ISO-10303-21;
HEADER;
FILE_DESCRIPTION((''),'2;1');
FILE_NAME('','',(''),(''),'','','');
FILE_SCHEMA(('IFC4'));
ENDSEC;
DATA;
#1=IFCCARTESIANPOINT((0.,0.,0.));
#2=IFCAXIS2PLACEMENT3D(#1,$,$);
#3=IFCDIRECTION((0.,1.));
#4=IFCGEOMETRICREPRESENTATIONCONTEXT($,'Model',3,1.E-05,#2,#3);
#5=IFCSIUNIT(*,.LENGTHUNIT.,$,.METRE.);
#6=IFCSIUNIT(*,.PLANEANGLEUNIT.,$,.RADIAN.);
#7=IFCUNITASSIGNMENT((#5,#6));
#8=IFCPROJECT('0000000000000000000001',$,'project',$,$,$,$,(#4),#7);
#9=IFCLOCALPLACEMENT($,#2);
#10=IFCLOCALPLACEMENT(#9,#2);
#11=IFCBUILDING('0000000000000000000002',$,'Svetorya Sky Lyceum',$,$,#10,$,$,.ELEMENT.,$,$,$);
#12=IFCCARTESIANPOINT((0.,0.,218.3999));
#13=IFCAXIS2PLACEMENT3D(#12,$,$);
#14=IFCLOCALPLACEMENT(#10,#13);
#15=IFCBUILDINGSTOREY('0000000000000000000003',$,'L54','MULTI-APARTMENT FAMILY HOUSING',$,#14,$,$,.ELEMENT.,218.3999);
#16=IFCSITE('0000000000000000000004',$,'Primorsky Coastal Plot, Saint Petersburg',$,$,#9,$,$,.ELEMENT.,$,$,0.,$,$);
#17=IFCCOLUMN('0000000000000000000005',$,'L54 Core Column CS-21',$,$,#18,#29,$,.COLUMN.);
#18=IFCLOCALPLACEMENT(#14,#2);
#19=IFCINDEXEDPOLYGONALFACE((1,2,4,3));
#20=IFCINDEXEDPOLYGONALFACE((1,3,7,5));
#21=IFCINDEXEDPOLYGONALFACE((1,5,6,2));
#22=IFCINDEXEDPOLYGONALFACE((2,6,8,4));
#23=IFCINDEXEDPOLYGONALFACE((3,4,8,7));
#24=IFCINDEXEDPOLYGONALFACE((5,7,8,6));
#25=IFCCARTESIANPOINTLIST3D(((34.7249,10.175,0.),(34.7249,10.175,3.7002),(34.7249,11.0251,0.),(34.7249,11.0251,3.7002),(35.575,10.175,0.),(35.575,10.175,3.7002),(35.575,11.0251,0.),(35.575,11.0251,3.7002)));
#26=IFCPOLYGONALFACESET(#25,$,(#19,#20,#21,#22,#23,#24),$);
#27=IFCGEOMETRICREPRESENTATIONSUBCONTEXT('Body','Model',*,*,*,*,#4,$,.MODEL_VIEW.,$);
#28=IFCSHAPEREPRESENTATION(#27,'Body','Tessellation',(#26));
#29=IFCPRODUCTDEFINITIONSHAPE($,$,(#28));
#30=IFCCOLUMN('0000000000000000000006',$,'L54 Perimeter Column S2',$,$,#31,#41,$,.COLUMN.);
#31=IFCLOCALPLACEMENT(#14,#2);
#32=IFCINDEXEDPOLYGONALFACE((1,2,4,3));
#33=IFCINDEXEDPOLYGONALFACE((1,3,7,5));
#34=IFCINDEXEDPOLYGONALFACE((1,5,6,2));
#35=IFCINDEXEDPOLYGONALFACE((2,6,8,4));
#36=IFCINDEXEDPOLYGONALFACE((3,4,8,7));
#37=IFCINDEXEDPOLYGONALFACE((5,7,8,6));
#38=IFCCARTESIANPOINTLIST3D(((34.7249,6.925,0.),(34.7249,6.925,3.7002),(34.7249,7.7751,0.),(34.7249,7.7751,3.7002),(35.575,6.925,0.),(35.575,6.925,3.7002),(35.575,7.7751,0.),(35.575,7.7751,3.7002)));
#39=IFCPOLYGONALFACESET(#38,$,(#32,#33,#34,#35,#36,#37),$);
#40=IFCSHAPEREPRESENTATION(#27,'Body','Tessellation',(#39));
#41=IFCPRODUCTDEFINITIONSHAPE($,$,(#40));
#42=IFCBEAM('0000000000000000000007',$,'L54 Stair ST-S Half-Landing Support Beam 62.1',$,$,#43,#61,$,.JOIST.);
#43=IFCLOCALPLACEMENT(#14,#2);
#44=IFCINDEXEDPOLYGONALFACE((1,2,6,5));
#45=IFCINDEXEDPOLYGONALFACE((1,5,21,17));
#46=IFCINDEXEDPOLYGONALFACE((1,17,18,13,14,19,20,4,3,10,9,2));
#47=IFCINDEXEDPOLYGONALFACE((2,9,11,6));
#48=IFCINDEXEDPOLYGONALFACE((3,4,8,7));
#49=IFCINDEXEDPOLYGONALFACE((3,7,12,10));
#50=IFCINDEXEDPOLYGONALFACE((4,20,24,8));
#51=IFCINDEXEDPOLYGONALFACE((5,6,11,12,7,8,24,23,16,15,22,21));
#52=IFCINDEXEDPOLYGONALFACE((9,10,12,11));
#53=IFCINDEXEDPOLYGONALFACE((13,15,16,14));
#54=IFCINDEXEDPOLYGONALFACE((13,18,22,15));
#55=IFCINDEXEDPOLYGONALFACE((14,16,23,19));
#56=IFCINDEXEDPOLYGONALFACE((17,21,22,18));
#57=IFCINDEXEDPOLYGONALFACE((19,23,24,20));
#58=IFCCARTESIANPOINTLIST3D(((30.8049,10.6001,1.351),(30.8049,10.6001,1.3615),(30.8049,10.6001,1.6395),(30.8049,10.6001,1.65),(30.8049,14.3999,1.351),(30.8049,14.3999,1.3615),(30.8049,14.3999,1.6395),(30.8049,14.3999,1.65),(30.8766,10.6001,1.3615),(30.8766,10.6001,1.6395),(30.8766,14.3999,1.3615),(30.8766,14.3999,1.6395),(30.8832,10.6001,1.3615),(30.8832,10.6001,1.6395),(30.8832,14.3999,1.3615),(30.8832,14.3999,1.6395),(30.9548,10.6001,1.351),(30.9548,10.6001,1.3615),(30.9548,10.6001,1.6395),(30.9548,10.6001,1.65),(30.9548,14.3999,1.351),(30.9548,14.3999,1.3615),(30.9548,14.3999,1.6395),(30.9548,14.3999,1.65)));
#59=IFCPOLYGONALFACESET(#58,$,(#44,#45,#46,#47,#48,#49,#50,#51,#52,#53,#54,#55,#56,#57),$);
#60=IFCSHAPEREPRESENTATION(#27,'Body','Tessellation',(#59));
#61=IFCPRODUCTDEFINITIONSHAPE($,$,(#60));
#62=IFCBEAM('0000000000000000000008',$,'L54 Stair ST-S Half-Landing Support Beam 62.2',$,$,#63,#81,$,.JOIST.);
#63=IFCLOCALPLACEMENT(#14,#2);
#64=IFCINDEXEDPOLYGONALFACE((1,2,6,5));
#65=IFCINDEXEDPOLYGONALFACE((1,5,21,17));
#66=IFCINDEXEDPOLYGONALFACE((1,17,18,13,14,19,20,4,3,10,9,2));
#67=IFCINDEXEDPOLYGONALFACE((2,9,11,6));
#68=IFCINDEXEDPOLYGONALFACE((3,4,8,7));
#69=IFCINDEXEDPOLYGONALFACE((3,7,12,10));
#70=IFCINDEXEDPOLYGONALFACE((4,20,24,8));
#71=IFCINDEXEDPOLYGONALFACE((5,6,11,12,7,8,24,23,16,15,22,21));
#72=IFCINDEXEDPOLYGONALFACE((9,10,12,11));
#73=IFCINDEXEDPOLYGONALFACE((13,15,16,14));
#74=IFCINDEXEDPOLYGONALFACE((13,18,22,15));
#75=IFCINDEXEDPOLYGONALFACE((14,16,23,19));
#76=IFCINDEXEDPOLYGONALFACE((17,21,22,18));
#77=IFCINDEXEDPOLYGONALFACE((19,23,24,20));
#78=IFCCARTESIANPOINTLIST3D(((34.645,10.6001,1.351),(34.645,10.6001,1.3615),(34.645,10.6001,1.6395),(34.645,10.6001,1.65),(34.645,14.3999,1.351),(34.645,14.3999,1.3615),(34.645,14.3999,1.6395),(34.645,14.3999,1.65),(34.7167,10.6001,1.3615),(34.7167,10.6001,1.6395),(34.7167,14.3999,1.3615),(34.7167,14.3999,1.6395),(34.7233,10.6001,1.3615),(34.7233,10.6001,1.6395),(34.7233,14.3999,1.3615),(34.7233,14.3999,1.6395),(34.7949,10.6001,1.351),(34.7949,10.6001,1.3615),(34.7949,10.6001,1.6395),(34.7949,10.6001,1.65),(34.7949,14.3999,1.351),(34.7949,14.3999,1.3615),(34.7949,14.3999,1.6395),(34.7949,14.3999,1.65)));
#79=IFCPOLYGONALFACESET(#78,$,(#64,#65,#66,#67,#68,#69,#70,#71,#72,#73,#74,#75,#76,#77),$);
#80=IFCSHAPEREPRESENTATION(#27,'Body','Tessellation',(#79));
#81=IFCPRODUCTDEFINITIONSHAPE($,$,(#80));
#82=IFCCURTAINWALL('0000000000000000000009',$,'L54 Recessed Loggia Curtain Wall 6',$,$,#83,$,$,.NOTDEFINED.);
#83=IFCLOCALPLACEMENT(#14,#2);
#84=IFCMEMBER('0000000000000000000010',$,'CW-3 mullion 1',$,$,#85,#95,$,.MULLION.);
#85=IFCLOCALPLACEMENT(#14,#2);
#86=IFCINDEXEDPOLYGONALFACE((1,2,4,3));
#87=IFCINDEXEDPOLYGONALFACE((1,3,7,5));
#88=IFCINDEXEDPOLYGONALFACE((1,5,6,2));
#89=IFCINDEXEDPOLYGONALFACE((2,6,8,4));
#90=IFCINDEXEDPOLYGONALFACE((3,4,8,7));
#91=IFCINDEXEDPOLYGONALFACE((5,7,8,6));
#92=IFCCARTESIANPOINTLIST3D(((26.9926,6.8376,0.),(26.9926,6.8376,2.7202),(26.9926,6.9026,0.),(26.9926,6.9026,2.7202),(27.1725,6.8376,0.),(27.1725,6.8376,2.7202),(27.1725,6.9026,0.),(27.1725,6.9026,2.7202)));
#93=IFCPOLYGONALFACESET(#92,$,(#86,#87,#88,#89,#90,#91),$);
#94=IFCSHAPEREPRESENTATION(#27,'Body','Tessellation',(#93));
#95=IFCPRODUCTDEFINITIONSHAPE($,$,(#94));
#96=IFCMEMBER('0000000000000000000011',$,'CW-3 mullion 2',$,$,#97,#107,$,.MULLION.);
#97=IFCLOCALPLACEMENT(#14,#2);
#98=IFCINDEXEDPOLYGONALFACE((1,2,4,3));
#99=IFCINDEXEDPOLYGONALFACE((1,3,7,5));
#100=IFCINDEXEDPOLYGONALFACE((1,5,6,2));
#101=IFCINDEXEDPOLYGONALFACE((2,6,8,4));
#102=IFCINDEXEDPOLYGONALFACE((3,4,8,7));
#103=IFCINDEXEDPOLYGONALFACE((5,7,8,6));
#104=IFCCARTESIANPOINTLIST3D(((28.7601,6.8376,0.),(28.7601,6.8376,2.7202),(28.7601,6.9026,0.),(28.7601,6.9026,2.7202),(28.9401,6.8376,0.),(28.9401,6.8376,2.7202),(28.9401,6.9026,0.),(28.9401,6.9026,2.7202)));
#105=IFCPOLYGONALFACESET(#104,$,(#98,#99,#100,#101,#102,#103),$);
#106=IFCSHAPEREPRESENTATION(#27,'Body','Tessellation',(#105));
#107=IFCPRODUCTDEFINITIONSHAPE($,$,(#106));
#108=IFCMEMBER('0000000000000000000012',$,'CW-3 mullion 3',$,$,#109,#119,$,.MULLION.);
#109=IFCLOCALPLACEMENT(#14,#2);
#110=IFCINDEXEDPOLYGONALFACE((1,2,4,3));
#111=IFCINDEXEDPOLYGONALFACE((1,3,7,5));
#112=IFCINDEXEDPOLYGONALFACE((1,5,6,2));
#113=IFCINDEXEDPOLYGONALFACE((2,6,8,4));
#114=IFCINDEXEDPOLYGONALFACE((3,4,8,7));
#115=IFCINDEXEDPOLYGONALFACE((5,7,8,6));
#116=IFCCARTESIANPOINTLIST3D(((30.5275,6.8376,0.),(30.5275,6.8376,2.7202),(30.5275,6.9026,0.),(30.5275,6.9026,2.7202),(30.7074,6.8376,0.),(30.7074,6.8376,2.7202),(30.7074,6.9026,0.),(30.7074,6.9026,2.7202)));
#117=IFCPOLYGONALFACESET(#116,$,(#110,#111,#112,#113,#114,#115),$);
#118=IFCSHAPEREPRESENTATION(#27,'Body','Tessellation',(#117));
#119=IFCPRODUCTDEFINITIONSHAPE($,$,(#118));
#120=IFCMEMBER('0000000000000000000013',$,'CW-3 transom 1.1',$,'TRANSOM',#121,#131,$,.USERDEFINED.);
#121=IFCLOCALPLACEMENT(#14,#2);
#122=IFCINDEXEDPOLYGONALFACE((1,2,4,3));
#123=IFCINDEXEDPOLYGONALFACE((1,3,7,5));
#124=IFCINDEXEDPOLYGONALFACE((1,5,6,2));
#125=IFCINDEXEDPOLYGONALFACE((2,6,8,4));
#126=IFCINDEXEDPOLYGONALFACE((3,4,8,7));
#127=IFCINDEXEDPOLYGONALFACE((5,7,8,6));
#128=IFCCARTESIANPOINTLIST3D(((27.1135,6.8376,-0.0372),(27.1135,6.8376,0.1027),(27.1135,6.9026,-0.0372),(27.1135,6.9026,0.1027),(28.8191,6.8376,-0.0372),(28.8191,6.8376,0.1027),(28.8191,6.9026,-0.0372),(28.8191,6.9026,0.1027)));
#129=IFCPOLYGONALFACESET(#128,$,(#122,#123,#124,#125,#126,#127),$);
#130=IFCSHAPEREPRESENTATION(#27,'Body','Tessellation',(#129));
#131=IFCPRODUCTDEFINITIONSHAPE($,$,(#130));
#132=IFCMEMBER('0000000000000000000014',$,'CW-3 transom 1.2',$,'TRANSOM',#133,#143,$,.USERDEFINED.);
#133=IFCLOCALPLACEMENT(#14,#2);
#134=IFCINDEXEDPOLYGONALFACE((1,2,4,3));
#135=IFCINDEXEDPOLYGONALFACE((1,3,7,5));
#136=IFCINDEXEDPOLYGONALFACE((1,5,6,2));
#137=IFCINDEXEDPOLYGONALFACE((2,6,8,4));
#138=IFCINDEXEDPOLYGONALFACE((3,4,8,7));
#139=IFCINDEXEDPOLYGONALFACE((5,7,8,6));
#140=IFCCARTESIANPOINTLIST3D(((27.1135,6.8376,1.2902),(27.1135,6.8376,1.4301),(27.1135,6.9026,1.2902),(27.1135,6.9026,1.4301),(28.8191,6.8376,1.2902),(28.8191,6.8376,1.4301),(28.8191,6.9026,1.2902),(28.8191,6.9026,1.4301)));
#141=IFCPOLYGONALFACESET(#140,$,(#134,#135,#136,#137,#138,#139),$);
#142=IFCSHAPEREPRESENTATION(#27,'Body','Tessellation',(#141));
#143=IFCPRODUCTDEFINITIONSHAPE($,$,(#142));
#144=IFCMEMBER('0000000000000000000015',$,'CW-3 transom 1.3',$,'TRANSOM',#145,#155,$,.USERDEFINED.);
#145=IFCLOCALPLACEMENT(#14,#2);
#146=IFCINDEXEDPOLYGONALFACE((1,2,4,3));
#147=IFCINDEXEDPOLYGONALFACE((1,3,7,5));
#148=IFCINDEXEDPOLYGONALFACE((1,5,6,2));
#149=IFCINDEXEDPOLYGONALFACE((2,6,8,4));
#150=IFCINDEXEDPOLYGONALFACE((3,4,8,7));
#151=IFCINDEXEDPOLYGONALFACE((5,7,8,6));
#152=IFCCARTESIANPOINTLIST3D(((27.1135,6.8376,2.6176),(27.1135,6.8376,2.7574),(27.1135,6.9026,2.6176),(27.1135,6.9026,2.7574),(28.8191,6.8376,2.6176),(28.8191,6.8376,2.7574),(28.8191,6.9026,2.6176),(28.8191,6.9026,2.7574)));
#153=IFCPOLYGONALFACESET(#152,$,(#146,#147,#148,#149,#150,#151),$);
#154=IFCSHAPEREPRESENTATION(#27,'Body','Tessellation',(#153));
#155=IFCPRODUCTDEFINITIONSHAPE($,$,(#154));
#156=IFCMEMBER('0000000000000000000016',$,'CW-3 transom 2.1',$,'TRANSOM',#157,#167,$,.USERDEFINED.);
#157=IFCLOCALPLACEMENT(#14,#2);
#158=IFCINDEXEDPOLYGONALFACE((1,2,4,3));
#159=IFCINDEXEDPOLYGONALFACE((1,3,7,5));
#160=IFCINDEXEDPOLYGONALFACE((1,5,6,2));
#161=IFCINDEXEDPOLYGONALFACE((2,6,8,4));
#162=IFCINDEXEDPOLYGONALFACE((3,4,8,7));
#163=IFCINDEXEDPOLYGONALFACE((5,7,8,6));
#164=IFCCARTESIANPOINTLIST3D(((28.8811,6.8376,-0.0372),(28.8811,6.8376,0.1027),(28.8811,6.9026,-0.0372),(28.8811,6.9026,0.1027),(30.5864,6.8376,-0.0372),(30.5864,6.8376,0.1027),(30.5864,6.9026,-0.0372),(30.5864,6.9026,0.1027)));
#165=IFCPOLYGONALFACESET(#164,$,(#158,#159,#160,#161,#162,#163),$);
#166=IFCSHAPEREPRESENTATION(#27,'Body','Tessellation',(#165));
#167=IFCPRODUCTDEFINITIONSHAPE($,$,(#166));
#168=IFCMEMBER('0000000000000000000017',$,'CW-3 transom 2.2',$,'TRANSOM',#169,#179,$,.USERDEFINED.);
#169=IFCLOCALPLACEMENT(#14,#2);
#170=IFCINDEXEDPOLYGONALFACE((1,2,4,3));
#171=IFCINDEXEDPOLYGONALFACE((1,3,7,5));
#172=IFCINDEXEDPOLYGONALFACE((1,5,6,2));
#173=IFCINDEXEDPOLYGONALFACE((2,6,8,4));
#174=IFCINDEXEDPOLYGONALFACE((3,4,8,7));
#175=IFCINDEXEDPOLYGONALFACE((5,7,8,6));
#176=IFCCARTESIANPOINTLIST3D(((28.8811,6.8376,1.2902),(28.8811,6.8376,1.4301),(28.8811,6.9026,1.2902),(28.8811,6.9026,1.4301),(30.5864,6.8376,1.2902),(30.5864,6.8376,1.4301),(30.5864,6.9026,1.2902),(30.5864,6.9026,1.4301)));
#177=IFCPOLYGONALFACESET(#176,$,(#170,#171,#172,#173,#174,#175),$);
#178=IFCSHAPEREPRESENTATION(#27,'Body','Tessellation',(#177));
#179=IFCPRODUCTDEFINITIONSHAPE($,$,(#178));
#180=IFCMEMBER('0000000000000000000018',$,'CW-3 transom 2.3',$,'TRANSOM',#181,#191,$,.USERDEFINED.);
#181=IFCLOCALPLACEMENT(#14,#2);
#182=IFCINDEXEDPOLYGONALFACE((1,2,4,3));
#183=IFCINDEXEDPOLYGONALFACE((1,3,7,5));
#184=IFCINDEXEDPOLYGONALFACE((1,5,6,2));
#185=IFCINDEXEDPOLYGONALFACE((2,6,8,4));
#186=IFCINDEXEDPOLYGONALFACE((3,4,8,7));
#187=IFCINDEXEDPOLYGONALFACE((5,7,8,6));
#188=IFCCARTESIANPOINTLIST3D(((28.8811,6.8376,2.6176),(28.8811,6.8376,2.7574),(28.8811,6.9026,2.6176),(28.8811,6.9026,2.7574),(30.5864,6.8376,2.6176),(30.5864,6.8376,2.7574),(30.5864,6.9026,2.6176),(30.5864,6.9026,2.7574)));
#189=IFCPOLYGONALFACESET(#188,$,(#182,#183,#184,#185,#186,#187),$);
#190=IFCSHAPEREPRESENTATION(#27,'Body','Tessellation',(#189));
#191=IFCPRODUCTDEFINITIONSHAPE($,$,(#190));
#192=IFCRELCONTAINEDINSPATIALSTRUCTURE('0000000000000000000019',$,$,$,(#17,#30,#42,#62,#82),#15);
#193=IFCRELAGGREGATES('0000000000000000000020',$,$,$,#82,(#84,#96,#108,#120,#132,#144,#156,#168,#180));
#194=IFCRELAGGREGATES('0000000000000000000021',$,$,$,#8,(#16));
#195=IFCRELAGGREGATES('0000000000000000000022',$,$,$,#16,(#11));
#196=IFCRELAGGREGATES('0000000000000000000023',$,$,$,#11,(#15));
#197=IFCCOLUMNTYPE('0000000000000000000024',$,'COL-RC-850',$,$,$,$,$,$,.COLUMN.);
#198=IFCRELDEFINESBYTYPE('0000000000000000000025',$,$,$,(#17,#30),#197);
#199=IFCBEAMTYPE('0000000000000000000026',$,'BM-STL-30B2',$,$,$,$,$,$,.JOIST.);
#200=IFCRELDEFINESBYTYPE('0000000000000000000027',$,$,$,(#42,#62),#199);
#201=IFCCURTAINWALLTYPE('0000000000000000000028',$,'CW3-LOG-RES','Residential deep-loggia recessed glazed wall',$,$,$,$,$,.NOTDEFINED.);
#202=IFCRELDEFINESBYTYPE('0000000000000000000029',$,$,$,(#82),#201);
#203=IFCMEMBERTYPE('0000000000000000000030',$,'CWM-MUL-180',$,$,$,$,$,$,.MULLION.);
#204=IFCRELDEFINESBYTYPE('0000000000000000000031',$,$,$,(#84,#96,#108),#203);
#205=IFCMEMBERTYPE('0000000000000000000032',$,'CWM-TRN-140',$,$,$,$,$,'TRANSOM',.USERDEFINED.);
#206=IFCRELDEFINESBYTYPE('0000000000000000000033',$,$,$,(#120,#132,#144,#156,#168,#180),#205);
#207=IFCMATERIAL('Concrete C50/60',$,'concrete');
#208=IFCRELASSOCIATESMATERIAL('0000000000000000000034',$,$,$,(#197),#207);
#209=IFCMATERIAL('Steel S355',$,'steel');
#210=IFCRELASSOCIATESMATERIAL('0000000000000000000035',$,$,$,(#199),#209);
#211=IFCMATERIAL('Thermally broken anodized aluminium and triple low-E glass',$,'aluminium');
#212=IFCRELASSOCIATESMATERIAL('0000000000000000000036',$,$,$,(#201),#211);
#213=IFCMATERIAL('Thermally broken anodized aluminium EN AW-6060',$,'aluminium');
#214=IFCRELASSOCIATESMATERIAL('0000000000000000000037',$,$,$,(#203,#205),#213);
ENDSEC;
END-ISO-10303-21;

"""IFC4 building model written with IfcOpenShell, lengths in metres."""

from ifc_helpers import new_model, si_unit, direction, frame, origin, origin_2d, place, context, subcontext, project, spatial, rectangle, i_section, extrude, material, material_profile, profile_set, type_object, element, aggregate, save


model = new_model("IFC4")

# Units and contexts
model_context = context("Model", 3, precision=1e-05, world=origin(), true_north=direction((0.0, 1.0)))
body_context = subcontext(model_context, "Body", "Model", "MODEL_VIEW")
ifc_project = project(units=[si_unit("LENGTHUNIT", "METRE"), si_unit("PLANEANGLEUNIT", "RADIAN")], contexts=[model_context])

# Site, building, storey
site_placement = place(None, origin())
site = spatial("IfcSite", under=ifc_project, at=site_placement, Name="Primorsky Coastal Plot, Saint Petersburg", CompositionType="ELEMENT", RefElevation=0.0)
building_placement = place(site_placement, origin())
building = spatial("IfcBuilding", under=site, at=building_placement, Name="Svetorya Sky Lyceum", CompositionType="ELEMENT")
storey_placement = place(building_placement, frame((0.0, 0.0, 218.3999)))
storey = spatial("IfcBuildingStorey", under=building, at=storey_placement, Name="L54", Description="MULTI-APARTMENT FAMILY HOUSING", CompositionType="ELEMENT", Elevation=218.3999)

# Columns
ifc_material_1 = material(Name="Concrete C50/60", Category="concrete")
ifc_material_profile_1 = material_profile(ifc_material_1, rectangle(XDim=0.8501, YDim=0.8501, at=origin_2d()), Name="RC COL 850x850")
ifc_profile_set_1 = profile_set([ifc_material_profile_1], Name="Concrete C50/60")
column_type = type_object("IfcColumnType", Name="COL-RC-850", PredefinedType="COLUMN", material=ifc_profile_set_1)
for number, where, z_axis, x_axis, name in (
    (1, (35.1499, 10.6001, 0.0), (0.0, 0.0, 1.0), (1.0, 0.0, 0.0), "L54 Core Column CS-21"),
    (2, (35.1499, 7.3501, 0.0), (0.0, 0.0, 1.0), (1.0, 0.0, 0.0), "L54 Perimeter Column S2"),
):
    element("IfcColumn", number, at=place(storey_placement, frame(where, z_axis=z_axis, x_axis=x_axis)), inside=storey, type_object=column_type, Name=name, PredefinedType="COLUMN", context=body_context, shape_type="SweptSolid", body=[
        extrude(rectangle(XDim=0.8501, YDim=0.8501, at=origin_2d()), origin(), (0.0, 0.0, 1.0), 3.7002),
    ])

# Beams
ifc_material_2 = material(Name="Steel S355", Category="steel")
ifc_material_profile_2 = material_profile(ifc_material_2, i_section(OverallWidth=0.1499, OverallDepth=0.2991, WebThickness=0.0066, FlangeThickness=0.0105, at=origin_2d()), Name="GOST 30B2")
ifc_profile_set_2 = profile_set([ifc_material_profile_2], Name="Steel S355")
beam_type = type_object("IfcBeamType", Name="BM-STL-30B2", PredefinedType="JOIST", material=ifc_profile_set_2)
for number, where, z_axis, x_axis, name in (
    (3, (30.8799, 10.6001, 1.5005), (0.0, 1.0, 0.0), (-1.0, 0.0, 0.0), "L54 Stair ST-S Half-Landing Support Beam 62.1"),
    (4, (34.72, 10.6001, 1.5005), (0.0, 1.0, 0.0), (-1.0, 0.0, 0.0), "L54 Stair ST-S Half-Landing Support Beam 62.2"),
):
    element("IfcBeam", number, at=place(storey_placement, frame(where, z_axis=z_axis, x_axis=x_axis)), inside=storey, type_object=beam_type, Name=name, PredefinedType="JOIST", context=body_context, shape_type="SweptSolid", body=[
        extrude(i_section(OverallWidth=0.1499, OverallDepth=0.2991, WebThickness=0.0066, FlangeThickness=0.0105, at=origin_2d()), origin(), (0.0, 0.0, 1.0), 3.7998),
    ])

# Curtain wall, members
ifc_material_3 = material(Name="Thermally broken anodized aluminium and triple low-E glass", Category="aluminium")
curtain_wall_type = type_object("IfcCurtainWallType", Name="CW3-LOG-RES", Description="Residential deep-loggia recessed glazed wall", PredefinedType="NOTDEFINED", material=ifc_material_3)
curtain_wall_placement = place(storey_placement, origin())
curtain_wall = element("IfcCurtainWall", 5, at=curtain_wall_placement, inside=storey, type_object=curtain_wall_type, Name="L54 Recessed Loggia Curtain Wall 6", PredefinedType="NOTDEFINED")
ifc_material_4 = material(Name="Thermally broken anodized aluminium EN AW-6060", Category="aluminium")
ifc_material_profile_3 = material_profile(ifc_material_4, rectangle(XDim=0.0649, YDim=0.1799, at=origin_2d()), Name="ALU MULLION 65x180")
ifc_profile_set_3 = profile_set([ifc_material_profile_3], Name="Thermally broken anodized aluminium EN AW-6060")
member_type_1 = type_object("IfcMemberType", Name="CWM-MUL-180", PredefinedType="MULLION", material=ifc_profile_set_3)
member_1_placement = place(storey_placement, frame((27.0825, 6.8701, 0.0), z_axis=(0.0, 0.0, 1.0), x_axis=(0.0, 1.0, 0.0)))
member_1 = element("IfcMember", 6, at=member_1_placement, type_object=member_type_1, Name="CW-3 mullion 1", PredefinedType="MULLION", context=body_context, shape_type="SweptSolid", body=[
    extrude(rectangle(XDim=0.0649, YDim=0.1799, at=origin_2d()), origin(), (0.0, 0.0, 1.0), 2.7202),
])
member_2_placement = place(storey_placement, frame((28.8501, 6.8701, 0.0), z_axis=(0.0, 0.0, 1.0), x_axis=(0.0, 1.0, 0.0)))
member_2 = element("IfcMember", 7, at=member_2_placement, type_object=member_type_1, Name="CW-3 mullion 2", PredefinedType="MULLION", context=body_context, shape_type="SweptSolid", body=[
    extrude(rectangle(XDim=0.0649, YDim=0.1799, at=origin_2d()), origin(), (0.0, 0.0, 1.0), 2.7202),
])
member_3_placement = place(storey_placement, frame((30.6174, 6.8701, 0.0), z_axis=(0.0, 0.0, 1.0), x_axis=(0.0, 1.0, 0.0)))
member_3 = element("IfcMember", 8, at=member_3_placement, type_object=member_type_1, Name="CW-3 mullion 3", PredefinedType="MULLION", context=body_context, shape_type="SweptSolid", body=[
    extrude(rectangle(XDim=0.0649, YDim=0.1799, at=origin_2d()), origin(), (0.0, 0.0, 1.0), 2.7202),
])
ifc_material_profile_4 = material_profile(ifc_material_4, rectangle(XDim=0.0649, YDim=0.1399, at=origin_2d()), Name="ALU TRANSOM 65x140")
ifc_profile_set_4 = profile_set([ifc_material_profile_4], Name="Thermally broken anodized aluminium EN AW-6060")
member_type_2 = type_object("IfcMemberType", Name="CWM-TRN-140", ElementType="TRANSOM", PredefinedType="USERDEFINED", material=ifc_profile_set_4)
member_4_placement = place(storey_placement, frame((27.1135, 6.8701, 0.0327), z_axis=(1.0, 0.0, 0.0), x_axis=(0.0, 1.0, 0.0)))
member_4 = element("IfcMember", 9, at=member_4_placement, type_object=member_type_2, Name="CW-3 transom 1.1", ObjectType="TRANSOM", PredefinedType="USERDEFINED", context=body_context, shape_type="SweptSolid", body=[
    extrude(rectangle(XDim=0.0649, YDim=0.1399, at=origin_2d()), origin(), (0.0, 0.0, 1.0), 1.7056),
])
member_5_placement = place(storey_placement, frame((27.1135, 6.8701, 1.3601), z_axis=(1.0, 0.0, 0.0), x_axis=(0.0, 1.0, 0.0)))
member_5 = element("IfcMember", 10, at=member_5_placement, type_object=member_type_2, Name="CW-3 transom 1.2", ObjectType="TRANSOM", PredefinedType="USERDEFINED", context=body_context, shape_type="SweptSolid", body=[
    extrude(rectangle(XDim=0.0649, YDim=0.1399, at=origin_2d()), origin(), (0.0, 0.0, 1.0), 1.7056),
])
member_6_placement = place(storey_placement, frame((27.1135, 6.8701, 2.6875), z_axis=(1.0, 0.0, 0.0), x_axis=(0.0, 1.0, 0.0)))
member_6 = element("IfcMember", 11, at=member_6_placement, type_object=member_type_2, Name="CW-3 transom 1.3", ObjectType="TRANSOM", PredefinedType="USERDEFINED", context=body_context, shape_type="SweptSolid", body=[
    extrude(rectangle(XDim=0.0649, YDim=0.1399, at=origin_2d()), origin(), (0.0, 0.0, 1.0), 1.7056),
])
member_7_placement = place(storey_placement, frame((28.8811, 6.8701, 0.0327), z_axis=(1.0, 0.0, 0.0), x_axis=(0.0, 1.0, 0.0)))
member_7 = element("IfcMember", 12, at=member_7_placement, type_object=member_type_2, Name="CW-3 transom 2.1", ObjectType="TRANSOM", PredefinedType="USERDEFINED", context=body_context, shape_type="SweptSolid", body=[
    extrude(rectangle(XDim=0.0649, YDim=0.1399, at=origin_2d()), origin(), (0.0, 0.0, 1.0), 1.7053),
])
member_8_placement = place(storey_placement, frame((28.8811, 6.8701, 1.3601), z_axis=(1.0, 0.0, 0.0), x_axis=(0.0, 1.0, 0.0)))
member_8 = element("IfcMember", 13, at=member_8_placement, type_object=member_type_2, Name="CW-3 transom 2.2", ObjectType="TRANSOM", PredefinedType="USERDEFINED", context=body_context, shape_type="SweptSolid", body=[
    extrude(rectangle(XDim=0.0649, YDim=0.1399, at=origin_2d()), origin(), (0.0, 0.0, 1.0), 1.7053),
])
member_9_placement = place(storey_placement, frame((28.8811, 6.8701, 2.6875), z_axis=(1.0, 0.0, 0.0), x_axis=(0.0, 1.0, 0.0)))
member_9 = element("IfcMember", 14, at=member_9_placement, type_object=member_type_2, Name="CW-3 transom 2.3", ObjectType="TRANSOM", PredefinedType="USERDEFINED", context=body_context, shape_type="SweptSolid", body=[
    extrude(rectangle(XDim=0.0649, YDim=0.1399, at=origin_2d()), origin(), (0.0, 0.0, 1.0), 1.7053),
])
aggregate(curtain_wall, [member_1, member_2, member_3, member_4, member_5, member_6, member_7, member_8, member_9])

save(model, "model.ifc")
